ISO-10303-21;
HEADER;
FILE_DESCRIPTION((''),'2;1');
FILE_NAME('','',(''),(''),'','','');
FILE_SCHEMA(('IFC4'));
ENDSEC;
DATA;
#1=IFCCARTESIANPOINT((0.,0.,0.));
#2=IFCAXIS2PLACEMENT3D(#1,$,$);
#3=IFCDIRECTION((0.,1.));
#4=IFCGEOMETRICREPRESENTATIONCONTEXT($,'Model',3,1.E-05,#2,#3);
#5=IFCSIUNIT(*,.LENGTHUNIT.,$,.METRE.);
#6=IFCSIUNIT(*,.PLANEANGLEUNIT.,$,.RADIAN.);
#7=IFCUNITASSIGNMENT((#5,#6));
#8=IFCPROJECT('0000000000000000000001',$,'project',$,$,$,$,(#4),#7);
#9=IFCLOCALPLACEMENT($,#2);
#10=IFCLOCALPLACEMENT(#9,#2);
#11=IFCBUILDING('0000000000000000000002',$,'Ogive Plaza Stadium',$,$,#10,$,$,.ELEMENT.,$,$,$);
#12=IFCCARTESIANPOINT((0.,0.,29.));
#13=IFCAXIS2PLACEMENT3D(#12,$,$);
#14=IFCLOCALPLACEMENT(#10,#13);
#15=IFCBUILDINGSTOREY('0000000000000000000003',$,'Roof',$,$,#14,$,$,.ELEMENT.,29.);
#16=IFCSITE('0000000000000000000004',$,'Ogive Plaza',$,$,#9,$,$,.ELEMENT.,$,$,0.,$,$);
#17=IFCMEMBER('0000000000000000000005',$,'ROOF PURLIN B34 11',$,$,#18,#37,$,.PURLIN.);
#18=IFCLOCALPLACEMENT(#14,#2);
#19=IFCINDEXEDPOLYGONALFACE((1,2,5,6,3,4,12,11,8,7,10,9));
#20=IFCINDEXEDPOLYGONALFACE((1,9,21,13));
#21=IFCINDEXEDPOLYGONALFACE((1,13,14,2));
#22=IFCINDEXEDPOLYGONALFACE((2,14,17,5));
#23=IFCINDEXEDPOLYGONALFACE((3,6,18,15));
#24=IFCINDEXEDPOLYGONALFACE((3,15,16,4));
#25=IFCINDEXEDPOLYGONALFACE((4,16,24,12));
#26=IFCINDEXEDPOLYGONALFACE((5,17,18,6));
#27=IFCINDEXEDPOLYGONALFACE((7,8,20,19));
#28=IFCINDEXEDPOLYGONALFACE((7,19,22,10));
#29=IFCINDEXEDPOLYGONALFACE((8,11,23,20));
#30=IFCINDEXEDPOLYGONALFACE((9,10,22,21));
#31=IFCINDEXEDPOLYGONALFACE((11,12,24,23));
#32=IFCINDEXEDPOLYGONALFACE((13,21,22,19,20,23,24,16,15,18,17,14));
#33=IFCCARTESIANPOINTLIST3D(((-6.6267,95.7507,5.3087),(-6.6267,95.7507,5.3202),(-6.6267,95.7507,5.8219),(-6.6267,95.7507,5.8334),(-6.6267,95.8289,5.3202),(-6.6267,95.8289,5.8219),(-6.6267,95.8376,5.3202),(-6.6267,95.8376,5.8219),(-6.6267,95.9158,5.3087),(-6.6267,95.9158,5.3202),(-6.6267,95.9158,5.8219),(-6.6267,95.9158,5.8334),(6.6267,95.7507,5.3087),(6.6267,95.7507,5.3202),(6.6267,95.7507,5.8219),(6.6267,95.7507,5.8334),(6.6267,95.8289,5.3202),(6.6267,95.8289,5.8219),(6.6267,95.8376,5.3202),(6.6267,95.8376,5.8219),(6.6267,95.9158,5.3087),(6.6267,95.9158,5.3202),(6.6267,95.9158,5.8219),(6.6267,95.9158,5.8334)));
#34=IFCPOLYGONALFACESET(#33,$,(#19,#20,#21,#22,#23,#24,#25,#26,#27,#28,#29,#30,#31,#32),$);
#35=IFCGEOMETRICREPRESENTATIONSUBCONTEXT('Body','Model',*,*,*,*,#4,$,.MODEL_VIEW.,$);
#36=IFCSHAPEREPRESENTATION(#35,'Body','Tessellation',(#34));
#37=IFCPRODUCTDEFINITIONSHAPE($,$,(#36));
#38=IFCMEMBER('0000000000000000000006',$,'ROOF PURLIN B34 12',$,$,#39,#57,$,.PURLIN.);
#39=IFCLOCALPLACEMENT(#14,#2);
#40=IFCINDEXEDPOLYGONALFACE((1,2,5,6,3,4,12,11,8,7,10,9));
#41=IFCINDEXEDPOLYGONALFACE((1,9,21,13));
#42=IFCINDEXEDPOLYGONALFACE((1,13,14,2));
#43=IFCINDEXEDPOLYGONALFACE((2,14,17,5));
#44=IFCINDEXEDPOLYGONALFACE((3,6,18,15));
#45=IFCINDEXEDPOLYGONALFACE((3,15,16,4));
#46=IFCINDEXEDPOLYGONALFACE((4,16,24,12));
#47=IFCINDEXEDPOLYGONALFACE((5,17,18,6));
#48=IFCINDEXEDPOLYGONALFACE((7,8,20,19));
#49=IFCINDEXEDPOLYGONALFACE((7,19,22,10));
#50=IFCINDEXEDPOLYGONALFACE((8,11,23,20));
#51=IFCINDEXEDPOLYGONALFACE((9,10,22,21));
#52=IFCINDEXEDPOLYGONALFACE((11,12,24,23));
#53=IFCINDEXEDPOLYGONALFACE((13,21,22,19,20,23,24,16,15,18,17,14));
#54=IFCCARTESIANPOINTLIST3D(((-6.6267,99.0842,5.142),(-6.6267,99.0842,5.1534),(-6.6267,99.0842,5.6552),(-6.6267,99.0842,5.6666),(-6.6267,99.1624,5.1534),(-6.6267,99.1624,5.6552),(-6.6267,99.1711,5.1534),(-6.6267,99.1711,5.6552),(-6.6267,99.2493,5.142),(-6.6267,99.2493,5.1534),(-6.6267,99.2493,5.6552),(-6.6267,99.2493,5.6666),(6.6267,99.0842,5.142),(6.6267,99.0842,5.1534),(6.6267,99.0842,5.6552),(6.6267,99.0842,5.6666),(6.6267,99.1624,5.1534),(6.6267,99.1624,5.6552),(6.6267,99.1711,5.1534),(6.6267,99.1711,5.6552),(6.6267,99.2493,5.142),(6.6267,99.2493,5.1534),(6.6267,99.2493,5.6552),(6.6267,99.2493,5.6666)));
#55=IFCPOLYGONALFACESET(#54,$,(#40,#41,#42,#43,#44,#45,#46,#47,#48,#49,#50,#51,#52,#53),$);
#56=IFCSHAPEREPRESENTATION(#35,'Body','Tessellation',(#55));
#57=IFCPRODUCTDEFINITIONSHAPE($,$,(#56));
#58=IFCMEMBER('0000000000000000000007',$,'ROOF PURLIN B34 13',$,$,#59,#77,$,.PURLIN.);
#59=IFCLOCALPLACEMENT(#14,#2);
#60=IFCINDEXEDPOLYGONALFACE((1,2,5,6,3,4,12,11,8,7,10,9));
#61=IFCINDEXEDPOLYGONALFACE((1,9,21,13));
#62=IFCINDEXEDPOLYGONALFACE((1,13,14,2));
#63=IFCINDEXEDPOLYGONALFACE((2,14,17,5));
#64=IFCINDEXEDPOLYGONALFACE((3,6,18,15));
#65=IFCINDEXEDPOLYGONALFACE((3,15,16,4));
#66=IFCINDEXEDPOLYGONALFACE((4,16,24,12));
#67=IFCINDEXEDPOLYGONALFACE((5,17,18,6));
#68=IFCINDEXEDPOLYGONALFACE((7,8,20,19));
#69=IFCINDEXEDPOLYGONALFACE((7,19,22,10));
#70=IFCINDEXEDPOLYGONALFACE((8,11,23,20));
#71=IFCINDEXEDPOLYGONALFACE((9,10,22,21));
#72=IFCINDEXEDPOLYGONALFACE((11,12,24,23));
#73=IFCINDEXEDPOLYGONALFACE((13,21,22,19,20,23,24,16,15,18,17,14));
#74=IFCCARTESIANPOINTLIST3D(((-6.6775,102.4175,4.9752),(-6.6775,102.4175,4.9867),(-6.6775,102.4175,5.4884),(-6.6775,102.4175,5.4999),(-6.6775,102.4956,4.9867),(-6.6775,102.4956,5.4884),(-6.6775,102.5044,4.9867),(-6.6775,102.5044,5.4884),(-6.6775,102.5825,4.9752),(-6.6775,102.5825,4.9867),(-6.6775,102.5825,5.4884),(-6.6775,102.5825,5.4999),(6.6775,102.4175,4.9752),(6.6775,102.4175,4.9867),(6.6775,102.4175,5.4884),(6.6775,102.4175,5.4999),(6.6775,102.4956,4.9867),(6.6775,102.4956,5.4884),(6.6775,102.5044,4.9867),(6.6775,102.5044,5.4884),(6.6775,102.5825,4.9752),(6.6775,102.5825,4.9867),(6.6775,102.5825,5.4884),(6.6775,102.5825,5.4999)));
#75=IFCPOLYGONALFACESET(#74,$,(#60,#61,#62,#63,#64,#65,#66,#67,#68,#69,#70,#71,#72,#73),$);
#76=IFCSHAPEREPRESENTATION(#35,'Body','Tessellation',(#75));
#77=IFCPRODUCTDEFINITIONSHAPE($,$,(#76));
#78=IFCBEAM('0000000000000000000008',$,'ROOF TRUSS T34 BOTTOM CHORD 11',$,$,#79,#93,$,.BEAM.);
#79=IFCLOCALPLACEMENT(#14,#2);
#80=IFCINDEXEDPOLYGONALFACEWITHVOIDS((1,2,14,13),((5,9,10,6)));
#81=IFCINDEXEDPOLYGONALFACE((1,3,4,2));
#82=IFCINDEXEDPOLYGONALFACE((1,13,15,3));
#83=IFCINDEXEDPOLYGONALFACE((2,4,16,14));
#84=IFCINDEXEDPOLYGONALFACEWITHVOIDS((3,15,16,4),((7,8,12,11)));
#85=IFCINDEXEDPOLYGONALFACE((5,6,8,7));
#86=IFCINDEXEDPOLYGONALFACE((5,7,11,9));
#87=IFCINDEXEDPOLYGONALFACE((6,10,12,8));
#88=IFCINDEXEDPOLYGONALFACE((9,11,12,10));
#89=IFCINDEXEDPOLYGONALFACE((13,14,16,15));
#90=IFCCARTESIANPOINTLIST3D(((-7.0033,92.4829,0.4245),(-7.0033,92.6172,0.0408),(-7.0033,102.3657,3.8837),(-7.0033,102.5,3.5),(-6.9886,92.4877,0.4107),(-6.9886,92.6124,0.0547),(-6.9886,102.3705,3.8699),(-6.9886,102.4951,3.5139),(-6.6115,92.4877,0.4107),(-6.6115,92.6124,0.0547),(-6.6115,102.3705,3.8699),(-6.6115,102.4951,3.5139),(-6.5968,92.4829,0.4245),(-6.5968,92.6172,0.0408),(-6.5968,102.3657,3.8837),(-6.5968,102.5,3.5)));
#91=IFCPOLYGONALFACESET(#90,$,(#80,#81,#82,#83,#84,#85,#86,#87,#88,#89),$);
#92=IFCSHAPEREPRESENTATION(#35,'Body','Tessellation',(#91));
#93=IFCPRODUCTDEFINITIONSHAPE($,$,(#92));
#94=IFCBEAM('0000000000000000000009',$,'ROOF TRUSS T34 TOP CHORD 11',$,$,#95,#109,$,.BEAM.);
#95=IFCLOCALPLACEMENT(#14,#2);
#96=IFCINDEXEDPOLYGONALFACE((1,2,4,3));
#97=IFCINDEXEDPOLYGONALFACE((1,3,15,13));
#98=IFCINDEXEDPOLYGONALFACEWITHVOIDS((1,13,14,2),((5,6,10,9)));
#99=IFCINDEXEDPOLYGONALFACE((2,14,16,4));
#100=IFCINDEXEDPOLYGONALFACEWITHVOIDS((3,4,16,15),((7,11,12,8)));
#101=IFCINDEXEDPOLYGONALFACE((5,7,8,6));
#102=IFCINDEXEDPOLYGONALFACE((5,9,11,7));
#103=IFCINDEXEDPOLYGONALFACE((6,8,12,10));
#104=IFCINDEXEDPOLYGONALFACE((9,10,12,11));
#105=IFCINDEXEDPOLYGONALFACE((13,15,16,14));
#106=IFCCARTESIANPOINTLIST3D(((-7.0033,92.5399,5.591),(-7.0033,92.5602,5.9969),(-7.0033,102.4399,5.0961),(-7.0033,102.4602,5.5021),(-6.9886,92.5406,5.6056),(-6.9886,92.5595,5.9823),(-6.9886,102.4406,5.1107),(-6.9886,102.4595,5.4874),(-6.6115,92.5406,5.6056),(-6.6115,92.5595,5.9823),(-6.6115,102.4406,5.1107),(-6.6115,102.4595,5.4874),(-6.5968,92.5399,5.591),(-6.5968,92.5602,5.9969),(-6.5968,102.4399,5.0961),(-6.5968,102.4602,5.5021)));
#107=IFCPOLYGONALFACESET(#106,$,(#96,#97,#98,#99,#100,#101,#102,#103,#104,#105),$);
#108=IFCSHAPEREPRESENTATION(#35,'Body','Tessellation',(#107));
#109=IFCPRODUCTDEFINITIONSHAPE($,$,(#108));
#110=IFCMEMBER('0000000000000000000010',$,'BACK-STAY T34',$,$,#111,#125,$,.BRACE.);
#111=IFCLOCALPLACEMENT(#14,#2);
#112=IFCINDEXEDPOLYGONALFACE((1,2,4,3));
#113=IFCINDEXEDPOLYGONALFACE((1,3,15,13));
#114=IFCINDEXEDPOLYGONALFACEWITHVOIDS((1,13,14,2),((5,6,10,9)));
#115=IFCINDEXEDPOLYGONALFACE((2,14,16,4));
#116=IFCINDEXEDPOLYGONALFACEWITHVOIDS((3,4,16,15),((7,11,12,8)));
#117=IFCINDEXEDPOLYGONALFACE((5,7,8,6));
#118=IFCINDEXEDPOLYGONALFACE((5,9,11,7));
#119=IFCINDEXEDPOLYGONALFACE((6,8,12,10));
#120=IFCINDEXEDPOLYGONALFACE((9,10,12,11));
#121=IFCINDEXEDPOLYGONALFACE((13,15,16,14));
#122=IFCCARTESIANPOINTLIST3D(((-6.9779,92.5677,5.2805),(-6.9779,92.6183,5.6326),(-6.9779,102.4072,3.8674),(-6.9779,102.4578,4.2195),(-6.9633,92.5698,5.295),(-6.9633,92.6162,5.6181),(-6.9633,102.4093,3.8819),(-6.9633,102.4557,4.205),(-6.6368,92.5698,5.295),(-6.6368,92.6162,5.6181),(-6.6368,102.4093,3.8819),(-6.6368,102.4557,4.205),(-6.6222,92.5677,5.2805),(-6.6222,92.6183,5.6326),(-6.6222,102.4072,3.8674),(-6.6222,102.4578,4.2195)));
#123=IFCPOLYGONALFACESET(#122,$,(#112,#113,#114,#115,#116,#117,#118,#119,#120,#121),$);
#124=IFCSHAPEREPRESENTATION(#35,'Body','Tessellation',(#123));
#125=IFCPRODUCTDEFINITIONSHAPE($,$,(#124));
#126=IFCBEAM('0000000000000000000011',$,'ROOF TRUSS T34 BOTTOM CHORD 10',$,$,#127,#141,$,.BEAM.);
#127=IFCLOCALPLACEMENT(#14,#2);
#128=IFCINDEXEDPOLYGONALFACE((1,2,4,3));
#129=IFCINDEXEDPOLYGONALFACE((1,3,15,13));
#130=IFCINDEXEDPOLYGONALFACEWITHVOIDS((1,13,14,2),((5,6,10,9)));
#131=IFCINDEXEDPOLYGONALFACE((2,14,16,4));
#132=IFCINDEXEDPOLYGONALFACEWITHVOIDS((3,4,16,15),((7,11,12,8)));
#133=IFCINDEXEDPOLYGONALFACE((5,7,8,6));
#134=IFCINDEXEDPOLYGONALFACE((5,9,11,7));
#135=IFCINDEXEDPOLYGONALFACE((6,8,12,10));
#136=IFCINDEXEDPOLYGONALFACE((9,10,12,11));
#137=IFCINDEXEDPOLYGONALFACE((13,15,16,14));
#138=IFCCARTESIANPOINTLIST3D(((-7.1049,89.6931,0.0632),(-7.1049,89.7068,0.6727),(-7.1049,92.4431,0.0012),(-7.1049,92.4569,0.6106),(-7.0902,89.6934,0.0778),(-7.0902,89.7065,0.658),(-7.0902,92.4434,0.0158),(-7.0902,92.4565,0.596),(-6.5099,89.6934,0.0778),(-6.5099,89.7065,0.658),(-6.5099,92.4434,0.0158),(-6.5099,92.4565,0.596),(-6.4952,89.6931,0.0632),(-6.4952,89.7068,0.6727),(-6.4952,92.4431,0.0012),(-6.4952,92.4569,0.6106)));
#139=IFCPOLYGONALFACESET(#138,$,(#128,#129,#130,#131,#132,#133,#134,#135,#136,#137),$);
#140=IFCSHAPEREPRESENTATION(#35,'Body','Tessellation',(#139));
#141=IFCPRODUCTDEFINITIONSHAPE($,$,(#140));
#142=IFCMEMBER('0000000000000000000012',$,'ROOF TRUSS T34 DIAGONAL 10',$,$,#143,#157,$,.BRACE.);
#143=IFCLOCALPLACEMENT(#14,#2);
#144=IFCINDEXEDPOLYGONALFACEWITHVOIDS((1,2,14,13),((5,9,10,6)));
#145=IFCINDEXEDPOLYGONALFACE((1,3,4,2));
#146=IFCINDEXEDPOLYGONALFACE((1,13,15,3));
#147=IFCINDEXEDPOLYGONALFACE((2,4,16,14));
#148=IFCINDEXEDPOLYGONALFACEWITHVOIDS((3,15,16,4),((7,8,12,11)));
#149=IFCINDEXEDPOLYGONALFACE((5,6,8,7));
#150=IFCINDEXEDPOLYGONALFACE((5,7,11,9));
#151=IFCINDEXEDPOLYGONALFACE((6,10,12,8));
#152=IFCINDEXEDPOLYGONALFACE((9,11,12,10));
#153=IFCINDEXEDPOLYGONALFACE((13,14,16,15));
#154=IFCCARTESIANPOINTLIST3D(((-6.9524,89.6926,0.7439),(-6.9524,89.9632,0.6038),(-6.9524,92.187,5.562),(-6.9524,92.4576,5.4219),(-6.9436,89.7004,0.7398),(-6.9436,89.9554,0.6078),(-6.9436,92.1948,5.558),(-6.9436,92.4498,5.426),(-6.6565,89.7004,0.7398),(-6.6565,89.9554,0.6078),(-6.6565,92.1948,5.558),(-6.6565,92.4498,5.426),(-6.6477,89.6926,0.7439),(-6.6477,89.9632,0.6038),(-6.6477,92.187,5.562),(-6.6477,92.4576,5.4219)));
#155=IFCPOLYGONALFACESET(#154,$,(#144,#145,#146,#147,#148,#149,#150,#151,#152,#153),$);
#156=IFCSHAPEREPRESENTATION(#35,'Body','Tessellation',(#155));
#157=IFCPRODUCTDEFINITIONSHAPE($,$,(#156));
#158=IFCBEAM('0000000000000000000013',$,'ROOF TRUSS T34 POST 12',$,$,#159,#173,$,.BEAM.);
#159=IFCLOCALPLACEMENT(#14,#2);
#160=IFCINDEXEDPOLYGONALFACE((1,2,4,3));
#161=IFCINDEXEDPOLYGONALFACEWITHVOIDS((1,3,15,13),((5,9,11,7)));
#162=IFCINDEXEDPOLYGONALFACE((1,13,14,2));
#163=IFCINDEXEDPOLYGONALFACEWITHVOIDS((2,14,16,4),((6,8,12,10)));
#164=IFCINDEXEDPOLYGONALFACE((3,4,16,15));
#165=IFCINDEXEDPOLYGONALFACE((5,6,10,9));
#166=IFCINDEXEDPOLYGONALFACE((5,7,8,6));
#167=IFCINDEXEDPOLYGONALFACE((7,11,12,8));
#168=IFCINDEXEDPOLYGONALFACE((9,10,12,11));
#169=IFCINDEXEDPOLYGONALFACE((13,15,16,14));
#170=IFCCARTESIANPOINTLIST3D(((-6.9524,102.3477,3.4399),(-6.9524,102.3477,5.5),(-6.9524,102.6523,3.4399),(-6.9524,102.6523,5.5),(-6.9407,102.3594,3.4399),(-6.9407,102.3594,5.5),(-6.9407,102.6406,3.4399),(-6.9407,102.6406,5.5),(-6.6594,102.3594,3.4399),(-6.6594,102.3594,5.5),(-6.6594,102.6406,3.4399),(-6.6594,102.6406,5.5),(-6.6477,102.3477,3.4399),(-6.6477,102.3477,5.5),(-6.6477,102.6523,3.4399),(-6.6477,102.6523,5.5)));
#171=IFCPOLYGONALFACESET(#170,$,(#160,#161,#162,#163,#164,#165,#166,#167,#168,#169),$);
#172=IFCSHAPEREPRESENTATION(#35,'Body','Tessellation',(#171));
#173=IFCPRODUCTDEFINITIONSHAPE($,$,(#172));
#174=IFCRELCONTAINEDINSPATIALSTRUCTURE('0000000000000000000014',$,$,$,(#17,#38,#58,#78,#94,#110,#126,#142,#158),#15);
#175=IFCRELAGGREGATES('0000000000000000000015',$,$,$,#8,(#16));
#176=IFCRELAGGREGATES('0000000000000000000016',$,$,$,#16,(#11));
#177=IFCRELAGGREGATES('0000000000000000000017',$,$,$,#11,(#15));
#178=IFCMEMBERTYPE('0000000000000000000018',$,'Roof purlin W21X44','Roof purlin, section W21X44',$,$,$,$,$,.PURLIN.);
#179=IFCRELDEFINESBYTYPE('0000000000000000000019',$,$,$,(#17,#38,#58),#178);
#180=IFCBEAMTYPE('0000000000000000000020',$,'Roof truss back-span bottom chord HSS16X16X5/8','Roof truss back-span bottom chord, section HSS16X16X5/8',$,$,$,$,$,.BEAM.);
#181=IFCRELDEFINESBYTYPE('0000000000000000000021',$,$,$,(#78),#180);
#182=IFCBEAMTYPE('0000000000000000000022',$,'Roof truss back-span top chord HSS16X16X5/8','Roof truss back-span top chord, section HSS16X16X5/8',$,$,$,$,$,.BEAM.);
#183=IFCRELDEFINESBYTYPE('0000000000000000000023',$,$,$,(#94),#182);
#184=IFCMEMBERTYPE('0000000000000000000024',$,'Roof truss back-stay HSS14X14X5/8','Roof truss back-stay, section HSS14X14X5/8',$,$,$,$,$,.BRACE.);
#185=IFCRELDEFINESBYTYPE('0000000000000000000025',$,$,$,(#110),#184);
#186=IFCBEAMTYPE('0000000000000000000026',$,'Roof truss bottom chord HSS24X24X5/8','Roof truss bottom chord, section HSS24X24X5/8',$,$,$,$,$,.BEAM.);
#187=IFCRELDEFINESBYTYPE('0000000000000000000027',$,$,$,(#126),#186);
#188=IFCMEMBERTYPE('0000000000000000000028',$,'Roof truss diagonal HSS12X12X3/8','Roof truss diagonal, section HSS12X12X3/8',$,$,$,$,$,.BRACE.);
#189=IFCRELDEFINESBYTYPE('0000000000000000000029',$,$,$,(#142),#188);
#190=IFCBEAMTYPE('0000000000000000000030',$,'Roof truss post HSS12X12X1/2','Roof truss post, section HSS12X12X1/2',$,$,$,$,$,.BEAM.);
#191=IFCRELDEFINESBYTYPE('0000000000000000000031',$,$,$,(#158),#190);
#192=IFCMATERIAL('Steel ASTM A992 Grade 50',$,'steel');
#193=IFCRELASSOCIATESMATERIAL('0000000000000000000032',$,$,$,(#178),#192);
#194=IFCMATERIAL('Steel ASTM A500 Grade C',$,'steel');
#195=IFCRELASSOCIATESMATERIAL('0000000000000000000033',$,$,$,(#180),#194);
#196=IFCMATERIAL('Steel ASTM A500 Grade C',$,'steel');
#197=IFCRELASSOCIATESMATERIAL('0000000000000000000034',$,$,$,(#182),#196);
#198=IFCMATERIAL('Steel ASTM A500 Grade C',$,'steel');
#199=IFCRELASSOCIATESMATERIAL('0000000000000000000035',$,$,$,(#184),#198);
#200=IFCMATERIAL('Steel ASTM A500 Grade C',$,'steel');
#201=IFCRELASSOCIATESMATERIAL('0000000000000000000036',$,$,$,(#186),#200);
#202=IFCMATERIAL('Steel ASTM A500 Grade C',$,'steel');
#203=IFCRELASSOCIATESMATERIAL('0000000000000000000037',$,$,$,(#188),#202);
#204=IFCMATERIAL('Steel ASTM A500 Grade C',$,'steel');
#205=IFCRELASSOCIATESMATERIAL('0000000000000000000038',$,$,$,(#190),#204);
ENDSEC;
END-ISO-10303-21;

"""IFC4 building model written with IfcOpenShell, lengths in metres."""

from ifc_helpers import new_model, si_unit, direction, frame, origin, origin_2d, place, context, subcontext, project, spatial, hollow_rectangle, i_section, extrude, material, material_profile, profile_set, type_object, element, save


model = new_model("IFC4")

# Units and contexts
model_context = context("Model", 3, precision=1e-05, world=origin(), true_north=direction((0.0, 1.0)))
body_context = subcontext(model_context, "Body", "Model", "MODEL_VIEW")
ifc_project = project(units=[si_unit("LENGTHUNIT", "METRE"), si_unit("PLANEANGLEUNIT", "RADIAN")], contexts=[model_context])

# Site, building, storey
site_placement = place(None, origin())
site = spatial("IfcSite", under=ifc_project, at=site_placement, Name="Ogive Plaza", CompositionType="ELEMENT", RefElevation=0.0)
building_placement = place(site_placement, origin())
building = spatial("IfcBuilding", under=site, at=building_placement, Name="Ogive Plaza Stadium", CompositionType="ELEMENT")
storey_placement = place(building_placement, frame((0.0, 0.0, 29.0)))
storey = spatial("IfcBuildingStorey", under=building, at=storey_placement, Name="Roof", CompositionType="ELEMENT", Elevation=29.0)

# Members
ifc_material_1 = material(Name="Steel ASTM A992 Grade 50", Category="steel")
ifc_material_profile_1 = material_profile(ifc_material_1, i_section(OverallWidth=0.165, OverallDepth=0.5247, WebThickness=0.0088, FlangeThickness=0.0115, at=origin_2d()), Name="W21X44")
ifc_profile_set_1 = profile_set([ifc_material_profile_1], Name="Steel ASTM A992 Grade 50")
member_type_1 = type_object("IfcMemberType", Name="Roof purlin W21X44", Description="Roof purlin, section W21X44", PredefinedType="PURLIN", material=ifc_profile_set_1)
for number, where, z_axis, x_axis, name in (
    (1, (-6.6267, 95.8333, 5.571), (1.0, 0.0, 0.0), (0.0, 1.0, 0.0), "ROOF PURLIN B34 11"),
    (2, (-6.6267, 99.1667, 5.4043), (1.0, 0.0, 0.0), (0.0, 1.0, 0.0), "ROOF PURLIN B34 12"),
):
    element("IfcMember", number, at=place(storey_placement, frame(where, z_axis=z_axis, x_axis=x_axis)), inside=storey, type_object=member_type_1, Name=name, PredefinedType="PURLIN", context=body_context, shape_type="SweptSolid", body=[
        extrude(i_section(OverallWidth=0.165, OverallDepth=0.5247, WebThickness=0.0088, FlangeThickness=0.0115, at=origin_2d()), origin(), (0.0, 0.0, 1.0), 13.2534),
    ])
member_1_placement = place(storey_placement, frame((-6.6775, 102.5, 5.2375), z_axis=(1.0, 0.0, 0.0), x_axis=(0.0, 1.0, 0.0)))
element("IfcMember", 3, at=member_1_placement, inside=storey, type_object=member_type_1, Name="ROOF PURLIN B34 13", PredefinedType="PURLIN", context=body_context, shape_type="SweptSolid", body=[
    extrude(i_section(OverallWidth=0.165, OverallDepth=0.5247, WebThickness=0.0088, FlangeThickness=0.0115, at=origin_2d()), origin(), (0.0, 0.0, 1.0), 13.355),
])

# Beams
ifc_material_2 = material(Name="Steel ASTM A500 Grade C", Category="steel")
ifc_material_profile_2 = material_profile(ifc_material_2, hollow_rectangle(XDim=0.4065, YDim=0.4065, WallThickness=0.0146, at=origin_2d()), Name="HSS16X16X5/8")
ifc_profile_set_2 = profile_set([ifc_material_profile_2], Name="Steel ASTM A500 Grade C")
beam_type_1 = type_object("IfcBeamType", Name="Roof truss back-span bottom chord HSS16X16X5/8", Description="Roof truss back-span bottom chord, section HSS16X16X5/8", PredefinedType="BEAM", material=ifc_profile_set_2)
beam_1_placement = place(storey_placement, frame((-6.8, 92.55, 0.2327), z_axis=(0.0, 0.943851, 0.330371), x_axis=(-1.0, 0.0, 0.0)))
element("IfcBeam", 4, at=beam_1_placement, inside=storey, type_object=beam_type_1, Name="ROOF TRUSS T34 BOTTOM CHORD 11", PredefinedType="BEAM", context=body_context, shape_type="SweptSolid", body=[
    extrude(hollow_rectangle(XDim=0.4065, YDim=0.4065, WallThickness=0.0146, at=origin_2d()), origin(), (0.0, 0.0, 1.0), 10.4707),
])
ifc_material_3 = material(Name="Steel ASTM A500 Grade C", Category="steel")
ifc_material_profile_3 = material_profile(ifc_material_3, hollow_rectangle(XDim=0.4065, YDim=0.4065, WallThickness=0.0146, at=origin_2d()), Name="HSS16X16X5/8")
ifc_profile_set_3 = profile_set([ifc_material_profile_3], Name="Steel ASTM A500 Grade C")
beam_type_2 = type_object("IfcBeamType", Name="Roof truss back-span top chord HSS16X16X5/8", Description="Roof truss back-span top chord, section HSS16X16X5/8", PredefinedType="BEAM", material=ifc_profile_set_3)
beam_2_placement = place(storey_placement, frame((-6.8, 92.55, 5.7939), z_axis=(0.0, 0.998753, -0.049925), x_axis=(-1.0, 0.0, 0.0)))
element("IfcBeam", 5, at=beam_2_placement, inside=storey, type_object=beam_type_2, Name="ROOF TRUSS T34 TOP CHORD 11", PredefinedType="BEAM", context=body_context, shape_type="SweptSolid", body=[
    extrude(hollow_rectangle(XDim=0.4065, YDim=0.4065, WallThickness=0.0146, at=origin_2d()), origin(), (0.0, 0.0, 1.0), 9.9124),
])

# Member
ifc_material_4 = material(Name="Steel ASTM A500 Grade C", Category="steel")
ifc_material_profile_4 = material_profile(ifc_material_4, hollow_rectangle(XDim=0.3557, YDim=0.3557, WallThickness=0.0146, at=origin_2d()), Name="HSS14X14X5/8")
ifc_profile_set_4 = profile_set([ifc_material_profile_4], Name="Steel ASTM A500 Grade C")
member_type_2 = type_object("IfcMemberType", Name="Roof truss back-stay HSS14X14X5/8", Description="Roof truss back-stay, section HSS14X14X5/8", PredefinedType="BRACE", material=ifc_profile_set_4)
member_2_placement = place(storey_placement, frame((-6.8, 92.593, 5.4565), z_axis=(0.0, 0.989844, -0.142157), x_axis=(-1.0, 0.0, 0.0)))
element("IfcMember", 6, at=member_2_placement, inside=storey, type_object=member_type_2, Name="BACK-STAY T34", PredefinedType="BRACE", context=body_context, shape_type="SweptSolid", body=[
    extrude(hollow_rectangle(XDim=0.3557, YDim=0.3557, WallThickness=0.0146, at=origin_2d()), origin(), (0.0, 0.0, 1.0), 9.9404),
])

# Beam
ifc_material_5 = material(Name="Steel ASTM A500 Grade C", Category="steel")
ifc_material_profile_5 = material_profile(ifc_material_5, hollow_rectangle(XDim=0.6096, YDim=0.6096, WallThickness=0.0146, at=origin_2d()), Name="HSS24X24X5/8")
ifc_profile_set_5 = profile_set([ifc_material_profile_5], Name="Steel ASTM A500 Grade C")
beam_type_3 = type_object("IfcBeamType", Name="Roof truss bottom chord HSS24X24X5/8", Description="Roof truss bottom chord, section HSS24X24X5/8", PredefinedType="BEAM", material=ifc_profile_set_5)
beam_3_placement = place(storey_placement, frame((-6.8, 89.7, 0.3679), z_axis=(0.0, 0.999746, -0.022544), x_axis=(-1.0, 0.0, 0.0)))
element("IfcBeam", 7, at=beam_3_placement, inside=storey, type_object=beam_type_3, Name="ROOF TRUSS T34 BOTTOM CHORD 10", PredefinedType="BEAM", context=body_context, shape_type="SweptSolid", body=[
    extrude(hollow_rectangle(XDim=0.6096, YDim=0.6096, WallThickness=0.0146, at=origin_2d()), origin(), (0.0, 0.0, 1.0), 2.7507),
])

# Member
ifc_material_6 = material(Name="Steel ASTM A500 Grade C", Category="steel")
ifc_material_profile_6 = material_profile(ifc_material_6, hollow_rectangle(XDim=0.3047, YDim=0.3047, WallThickness=0.0088, at=origin_2d()), Name="HSS12X12X3/8")
ifc_profile_set_6 = profile_set([ifc_material_profile_6], Name="Steel ASTM A500 Grade C")
member_type_3 = type_object("IfcMemberType", Name="Roof truss diagonal HSS12X12X3/8", Description="Roof truss diagonal, section HSS12X12X3/8", PredefinedType="BRACE", material=ifc_profile_set_6)
member_3_placement = place(storey_placement, frame((-6.8, 89.8279, 0.6738), z_axis=(0.0, 0.459751, 0.888048), x_axis=(-1.0, 0.0, 0.0)))
element("IfcMember", 8, at=member_3_placement, inside=storey, type_object=member_type_3, Name="ROOF TRUSS T34 DIAGONAL 10", PredefinedType="BRACE", context=body_context, shape_type="SweptSolid", body=[
    extrude(hollow_rectangle(XDim=0.3047, YDim=0.3047, WallThickness=0.0088, at=origin_2d()), origin(), (0.0, 0.0, 1.0), 5.4255),
])

# Beam
ifc_material_7 = material(Name="Steel ASTM A500 Grade C", Category="steel")
ifc_material_profile_7 = material_profile(ifc_material_7, hollow_rectangle(XDim=0.3047, YDim=0.3047, WallThickness=0.0117, at=origin_2d()), Name="HSS12X12X1/2")
ifc_profile_set_7 = profile_set([ifc_material_profile_7], Name="Steel ASTM A500 Grade C")
beam_type_4 = type_object("IfcBeamType", Name="Roof truss post HSS12X12X1/2", Description="Roof truss post, section HSS12X12X1/2", PredefinedType="BEAM", material=ifc_profile_set_7)
beam_4_placement = place(storey_placement, frame((-6.8, 102.5, 3.4399), z_axis=(0.0, 0.0, 1.0), x_axis=(-1.0, 0.0, 0.0)))
element("IfcBeam", 9, at=beam_4_placement, inside=storey, type_object=beam_type_4, Name="ROOF TRUSS T34 POST 12", PredefinedType="BEAM", context=body_context, shape_type="SweptSolid", body=[
    extrude(hollow_rectangle(XDim=0.3047, YDim=0.3047, WallThickness=0.0117, at=origin_2d()), origin(), (0.0, 0.0, 1.0), 2.0601),
])

save(model, "model.ifc")
